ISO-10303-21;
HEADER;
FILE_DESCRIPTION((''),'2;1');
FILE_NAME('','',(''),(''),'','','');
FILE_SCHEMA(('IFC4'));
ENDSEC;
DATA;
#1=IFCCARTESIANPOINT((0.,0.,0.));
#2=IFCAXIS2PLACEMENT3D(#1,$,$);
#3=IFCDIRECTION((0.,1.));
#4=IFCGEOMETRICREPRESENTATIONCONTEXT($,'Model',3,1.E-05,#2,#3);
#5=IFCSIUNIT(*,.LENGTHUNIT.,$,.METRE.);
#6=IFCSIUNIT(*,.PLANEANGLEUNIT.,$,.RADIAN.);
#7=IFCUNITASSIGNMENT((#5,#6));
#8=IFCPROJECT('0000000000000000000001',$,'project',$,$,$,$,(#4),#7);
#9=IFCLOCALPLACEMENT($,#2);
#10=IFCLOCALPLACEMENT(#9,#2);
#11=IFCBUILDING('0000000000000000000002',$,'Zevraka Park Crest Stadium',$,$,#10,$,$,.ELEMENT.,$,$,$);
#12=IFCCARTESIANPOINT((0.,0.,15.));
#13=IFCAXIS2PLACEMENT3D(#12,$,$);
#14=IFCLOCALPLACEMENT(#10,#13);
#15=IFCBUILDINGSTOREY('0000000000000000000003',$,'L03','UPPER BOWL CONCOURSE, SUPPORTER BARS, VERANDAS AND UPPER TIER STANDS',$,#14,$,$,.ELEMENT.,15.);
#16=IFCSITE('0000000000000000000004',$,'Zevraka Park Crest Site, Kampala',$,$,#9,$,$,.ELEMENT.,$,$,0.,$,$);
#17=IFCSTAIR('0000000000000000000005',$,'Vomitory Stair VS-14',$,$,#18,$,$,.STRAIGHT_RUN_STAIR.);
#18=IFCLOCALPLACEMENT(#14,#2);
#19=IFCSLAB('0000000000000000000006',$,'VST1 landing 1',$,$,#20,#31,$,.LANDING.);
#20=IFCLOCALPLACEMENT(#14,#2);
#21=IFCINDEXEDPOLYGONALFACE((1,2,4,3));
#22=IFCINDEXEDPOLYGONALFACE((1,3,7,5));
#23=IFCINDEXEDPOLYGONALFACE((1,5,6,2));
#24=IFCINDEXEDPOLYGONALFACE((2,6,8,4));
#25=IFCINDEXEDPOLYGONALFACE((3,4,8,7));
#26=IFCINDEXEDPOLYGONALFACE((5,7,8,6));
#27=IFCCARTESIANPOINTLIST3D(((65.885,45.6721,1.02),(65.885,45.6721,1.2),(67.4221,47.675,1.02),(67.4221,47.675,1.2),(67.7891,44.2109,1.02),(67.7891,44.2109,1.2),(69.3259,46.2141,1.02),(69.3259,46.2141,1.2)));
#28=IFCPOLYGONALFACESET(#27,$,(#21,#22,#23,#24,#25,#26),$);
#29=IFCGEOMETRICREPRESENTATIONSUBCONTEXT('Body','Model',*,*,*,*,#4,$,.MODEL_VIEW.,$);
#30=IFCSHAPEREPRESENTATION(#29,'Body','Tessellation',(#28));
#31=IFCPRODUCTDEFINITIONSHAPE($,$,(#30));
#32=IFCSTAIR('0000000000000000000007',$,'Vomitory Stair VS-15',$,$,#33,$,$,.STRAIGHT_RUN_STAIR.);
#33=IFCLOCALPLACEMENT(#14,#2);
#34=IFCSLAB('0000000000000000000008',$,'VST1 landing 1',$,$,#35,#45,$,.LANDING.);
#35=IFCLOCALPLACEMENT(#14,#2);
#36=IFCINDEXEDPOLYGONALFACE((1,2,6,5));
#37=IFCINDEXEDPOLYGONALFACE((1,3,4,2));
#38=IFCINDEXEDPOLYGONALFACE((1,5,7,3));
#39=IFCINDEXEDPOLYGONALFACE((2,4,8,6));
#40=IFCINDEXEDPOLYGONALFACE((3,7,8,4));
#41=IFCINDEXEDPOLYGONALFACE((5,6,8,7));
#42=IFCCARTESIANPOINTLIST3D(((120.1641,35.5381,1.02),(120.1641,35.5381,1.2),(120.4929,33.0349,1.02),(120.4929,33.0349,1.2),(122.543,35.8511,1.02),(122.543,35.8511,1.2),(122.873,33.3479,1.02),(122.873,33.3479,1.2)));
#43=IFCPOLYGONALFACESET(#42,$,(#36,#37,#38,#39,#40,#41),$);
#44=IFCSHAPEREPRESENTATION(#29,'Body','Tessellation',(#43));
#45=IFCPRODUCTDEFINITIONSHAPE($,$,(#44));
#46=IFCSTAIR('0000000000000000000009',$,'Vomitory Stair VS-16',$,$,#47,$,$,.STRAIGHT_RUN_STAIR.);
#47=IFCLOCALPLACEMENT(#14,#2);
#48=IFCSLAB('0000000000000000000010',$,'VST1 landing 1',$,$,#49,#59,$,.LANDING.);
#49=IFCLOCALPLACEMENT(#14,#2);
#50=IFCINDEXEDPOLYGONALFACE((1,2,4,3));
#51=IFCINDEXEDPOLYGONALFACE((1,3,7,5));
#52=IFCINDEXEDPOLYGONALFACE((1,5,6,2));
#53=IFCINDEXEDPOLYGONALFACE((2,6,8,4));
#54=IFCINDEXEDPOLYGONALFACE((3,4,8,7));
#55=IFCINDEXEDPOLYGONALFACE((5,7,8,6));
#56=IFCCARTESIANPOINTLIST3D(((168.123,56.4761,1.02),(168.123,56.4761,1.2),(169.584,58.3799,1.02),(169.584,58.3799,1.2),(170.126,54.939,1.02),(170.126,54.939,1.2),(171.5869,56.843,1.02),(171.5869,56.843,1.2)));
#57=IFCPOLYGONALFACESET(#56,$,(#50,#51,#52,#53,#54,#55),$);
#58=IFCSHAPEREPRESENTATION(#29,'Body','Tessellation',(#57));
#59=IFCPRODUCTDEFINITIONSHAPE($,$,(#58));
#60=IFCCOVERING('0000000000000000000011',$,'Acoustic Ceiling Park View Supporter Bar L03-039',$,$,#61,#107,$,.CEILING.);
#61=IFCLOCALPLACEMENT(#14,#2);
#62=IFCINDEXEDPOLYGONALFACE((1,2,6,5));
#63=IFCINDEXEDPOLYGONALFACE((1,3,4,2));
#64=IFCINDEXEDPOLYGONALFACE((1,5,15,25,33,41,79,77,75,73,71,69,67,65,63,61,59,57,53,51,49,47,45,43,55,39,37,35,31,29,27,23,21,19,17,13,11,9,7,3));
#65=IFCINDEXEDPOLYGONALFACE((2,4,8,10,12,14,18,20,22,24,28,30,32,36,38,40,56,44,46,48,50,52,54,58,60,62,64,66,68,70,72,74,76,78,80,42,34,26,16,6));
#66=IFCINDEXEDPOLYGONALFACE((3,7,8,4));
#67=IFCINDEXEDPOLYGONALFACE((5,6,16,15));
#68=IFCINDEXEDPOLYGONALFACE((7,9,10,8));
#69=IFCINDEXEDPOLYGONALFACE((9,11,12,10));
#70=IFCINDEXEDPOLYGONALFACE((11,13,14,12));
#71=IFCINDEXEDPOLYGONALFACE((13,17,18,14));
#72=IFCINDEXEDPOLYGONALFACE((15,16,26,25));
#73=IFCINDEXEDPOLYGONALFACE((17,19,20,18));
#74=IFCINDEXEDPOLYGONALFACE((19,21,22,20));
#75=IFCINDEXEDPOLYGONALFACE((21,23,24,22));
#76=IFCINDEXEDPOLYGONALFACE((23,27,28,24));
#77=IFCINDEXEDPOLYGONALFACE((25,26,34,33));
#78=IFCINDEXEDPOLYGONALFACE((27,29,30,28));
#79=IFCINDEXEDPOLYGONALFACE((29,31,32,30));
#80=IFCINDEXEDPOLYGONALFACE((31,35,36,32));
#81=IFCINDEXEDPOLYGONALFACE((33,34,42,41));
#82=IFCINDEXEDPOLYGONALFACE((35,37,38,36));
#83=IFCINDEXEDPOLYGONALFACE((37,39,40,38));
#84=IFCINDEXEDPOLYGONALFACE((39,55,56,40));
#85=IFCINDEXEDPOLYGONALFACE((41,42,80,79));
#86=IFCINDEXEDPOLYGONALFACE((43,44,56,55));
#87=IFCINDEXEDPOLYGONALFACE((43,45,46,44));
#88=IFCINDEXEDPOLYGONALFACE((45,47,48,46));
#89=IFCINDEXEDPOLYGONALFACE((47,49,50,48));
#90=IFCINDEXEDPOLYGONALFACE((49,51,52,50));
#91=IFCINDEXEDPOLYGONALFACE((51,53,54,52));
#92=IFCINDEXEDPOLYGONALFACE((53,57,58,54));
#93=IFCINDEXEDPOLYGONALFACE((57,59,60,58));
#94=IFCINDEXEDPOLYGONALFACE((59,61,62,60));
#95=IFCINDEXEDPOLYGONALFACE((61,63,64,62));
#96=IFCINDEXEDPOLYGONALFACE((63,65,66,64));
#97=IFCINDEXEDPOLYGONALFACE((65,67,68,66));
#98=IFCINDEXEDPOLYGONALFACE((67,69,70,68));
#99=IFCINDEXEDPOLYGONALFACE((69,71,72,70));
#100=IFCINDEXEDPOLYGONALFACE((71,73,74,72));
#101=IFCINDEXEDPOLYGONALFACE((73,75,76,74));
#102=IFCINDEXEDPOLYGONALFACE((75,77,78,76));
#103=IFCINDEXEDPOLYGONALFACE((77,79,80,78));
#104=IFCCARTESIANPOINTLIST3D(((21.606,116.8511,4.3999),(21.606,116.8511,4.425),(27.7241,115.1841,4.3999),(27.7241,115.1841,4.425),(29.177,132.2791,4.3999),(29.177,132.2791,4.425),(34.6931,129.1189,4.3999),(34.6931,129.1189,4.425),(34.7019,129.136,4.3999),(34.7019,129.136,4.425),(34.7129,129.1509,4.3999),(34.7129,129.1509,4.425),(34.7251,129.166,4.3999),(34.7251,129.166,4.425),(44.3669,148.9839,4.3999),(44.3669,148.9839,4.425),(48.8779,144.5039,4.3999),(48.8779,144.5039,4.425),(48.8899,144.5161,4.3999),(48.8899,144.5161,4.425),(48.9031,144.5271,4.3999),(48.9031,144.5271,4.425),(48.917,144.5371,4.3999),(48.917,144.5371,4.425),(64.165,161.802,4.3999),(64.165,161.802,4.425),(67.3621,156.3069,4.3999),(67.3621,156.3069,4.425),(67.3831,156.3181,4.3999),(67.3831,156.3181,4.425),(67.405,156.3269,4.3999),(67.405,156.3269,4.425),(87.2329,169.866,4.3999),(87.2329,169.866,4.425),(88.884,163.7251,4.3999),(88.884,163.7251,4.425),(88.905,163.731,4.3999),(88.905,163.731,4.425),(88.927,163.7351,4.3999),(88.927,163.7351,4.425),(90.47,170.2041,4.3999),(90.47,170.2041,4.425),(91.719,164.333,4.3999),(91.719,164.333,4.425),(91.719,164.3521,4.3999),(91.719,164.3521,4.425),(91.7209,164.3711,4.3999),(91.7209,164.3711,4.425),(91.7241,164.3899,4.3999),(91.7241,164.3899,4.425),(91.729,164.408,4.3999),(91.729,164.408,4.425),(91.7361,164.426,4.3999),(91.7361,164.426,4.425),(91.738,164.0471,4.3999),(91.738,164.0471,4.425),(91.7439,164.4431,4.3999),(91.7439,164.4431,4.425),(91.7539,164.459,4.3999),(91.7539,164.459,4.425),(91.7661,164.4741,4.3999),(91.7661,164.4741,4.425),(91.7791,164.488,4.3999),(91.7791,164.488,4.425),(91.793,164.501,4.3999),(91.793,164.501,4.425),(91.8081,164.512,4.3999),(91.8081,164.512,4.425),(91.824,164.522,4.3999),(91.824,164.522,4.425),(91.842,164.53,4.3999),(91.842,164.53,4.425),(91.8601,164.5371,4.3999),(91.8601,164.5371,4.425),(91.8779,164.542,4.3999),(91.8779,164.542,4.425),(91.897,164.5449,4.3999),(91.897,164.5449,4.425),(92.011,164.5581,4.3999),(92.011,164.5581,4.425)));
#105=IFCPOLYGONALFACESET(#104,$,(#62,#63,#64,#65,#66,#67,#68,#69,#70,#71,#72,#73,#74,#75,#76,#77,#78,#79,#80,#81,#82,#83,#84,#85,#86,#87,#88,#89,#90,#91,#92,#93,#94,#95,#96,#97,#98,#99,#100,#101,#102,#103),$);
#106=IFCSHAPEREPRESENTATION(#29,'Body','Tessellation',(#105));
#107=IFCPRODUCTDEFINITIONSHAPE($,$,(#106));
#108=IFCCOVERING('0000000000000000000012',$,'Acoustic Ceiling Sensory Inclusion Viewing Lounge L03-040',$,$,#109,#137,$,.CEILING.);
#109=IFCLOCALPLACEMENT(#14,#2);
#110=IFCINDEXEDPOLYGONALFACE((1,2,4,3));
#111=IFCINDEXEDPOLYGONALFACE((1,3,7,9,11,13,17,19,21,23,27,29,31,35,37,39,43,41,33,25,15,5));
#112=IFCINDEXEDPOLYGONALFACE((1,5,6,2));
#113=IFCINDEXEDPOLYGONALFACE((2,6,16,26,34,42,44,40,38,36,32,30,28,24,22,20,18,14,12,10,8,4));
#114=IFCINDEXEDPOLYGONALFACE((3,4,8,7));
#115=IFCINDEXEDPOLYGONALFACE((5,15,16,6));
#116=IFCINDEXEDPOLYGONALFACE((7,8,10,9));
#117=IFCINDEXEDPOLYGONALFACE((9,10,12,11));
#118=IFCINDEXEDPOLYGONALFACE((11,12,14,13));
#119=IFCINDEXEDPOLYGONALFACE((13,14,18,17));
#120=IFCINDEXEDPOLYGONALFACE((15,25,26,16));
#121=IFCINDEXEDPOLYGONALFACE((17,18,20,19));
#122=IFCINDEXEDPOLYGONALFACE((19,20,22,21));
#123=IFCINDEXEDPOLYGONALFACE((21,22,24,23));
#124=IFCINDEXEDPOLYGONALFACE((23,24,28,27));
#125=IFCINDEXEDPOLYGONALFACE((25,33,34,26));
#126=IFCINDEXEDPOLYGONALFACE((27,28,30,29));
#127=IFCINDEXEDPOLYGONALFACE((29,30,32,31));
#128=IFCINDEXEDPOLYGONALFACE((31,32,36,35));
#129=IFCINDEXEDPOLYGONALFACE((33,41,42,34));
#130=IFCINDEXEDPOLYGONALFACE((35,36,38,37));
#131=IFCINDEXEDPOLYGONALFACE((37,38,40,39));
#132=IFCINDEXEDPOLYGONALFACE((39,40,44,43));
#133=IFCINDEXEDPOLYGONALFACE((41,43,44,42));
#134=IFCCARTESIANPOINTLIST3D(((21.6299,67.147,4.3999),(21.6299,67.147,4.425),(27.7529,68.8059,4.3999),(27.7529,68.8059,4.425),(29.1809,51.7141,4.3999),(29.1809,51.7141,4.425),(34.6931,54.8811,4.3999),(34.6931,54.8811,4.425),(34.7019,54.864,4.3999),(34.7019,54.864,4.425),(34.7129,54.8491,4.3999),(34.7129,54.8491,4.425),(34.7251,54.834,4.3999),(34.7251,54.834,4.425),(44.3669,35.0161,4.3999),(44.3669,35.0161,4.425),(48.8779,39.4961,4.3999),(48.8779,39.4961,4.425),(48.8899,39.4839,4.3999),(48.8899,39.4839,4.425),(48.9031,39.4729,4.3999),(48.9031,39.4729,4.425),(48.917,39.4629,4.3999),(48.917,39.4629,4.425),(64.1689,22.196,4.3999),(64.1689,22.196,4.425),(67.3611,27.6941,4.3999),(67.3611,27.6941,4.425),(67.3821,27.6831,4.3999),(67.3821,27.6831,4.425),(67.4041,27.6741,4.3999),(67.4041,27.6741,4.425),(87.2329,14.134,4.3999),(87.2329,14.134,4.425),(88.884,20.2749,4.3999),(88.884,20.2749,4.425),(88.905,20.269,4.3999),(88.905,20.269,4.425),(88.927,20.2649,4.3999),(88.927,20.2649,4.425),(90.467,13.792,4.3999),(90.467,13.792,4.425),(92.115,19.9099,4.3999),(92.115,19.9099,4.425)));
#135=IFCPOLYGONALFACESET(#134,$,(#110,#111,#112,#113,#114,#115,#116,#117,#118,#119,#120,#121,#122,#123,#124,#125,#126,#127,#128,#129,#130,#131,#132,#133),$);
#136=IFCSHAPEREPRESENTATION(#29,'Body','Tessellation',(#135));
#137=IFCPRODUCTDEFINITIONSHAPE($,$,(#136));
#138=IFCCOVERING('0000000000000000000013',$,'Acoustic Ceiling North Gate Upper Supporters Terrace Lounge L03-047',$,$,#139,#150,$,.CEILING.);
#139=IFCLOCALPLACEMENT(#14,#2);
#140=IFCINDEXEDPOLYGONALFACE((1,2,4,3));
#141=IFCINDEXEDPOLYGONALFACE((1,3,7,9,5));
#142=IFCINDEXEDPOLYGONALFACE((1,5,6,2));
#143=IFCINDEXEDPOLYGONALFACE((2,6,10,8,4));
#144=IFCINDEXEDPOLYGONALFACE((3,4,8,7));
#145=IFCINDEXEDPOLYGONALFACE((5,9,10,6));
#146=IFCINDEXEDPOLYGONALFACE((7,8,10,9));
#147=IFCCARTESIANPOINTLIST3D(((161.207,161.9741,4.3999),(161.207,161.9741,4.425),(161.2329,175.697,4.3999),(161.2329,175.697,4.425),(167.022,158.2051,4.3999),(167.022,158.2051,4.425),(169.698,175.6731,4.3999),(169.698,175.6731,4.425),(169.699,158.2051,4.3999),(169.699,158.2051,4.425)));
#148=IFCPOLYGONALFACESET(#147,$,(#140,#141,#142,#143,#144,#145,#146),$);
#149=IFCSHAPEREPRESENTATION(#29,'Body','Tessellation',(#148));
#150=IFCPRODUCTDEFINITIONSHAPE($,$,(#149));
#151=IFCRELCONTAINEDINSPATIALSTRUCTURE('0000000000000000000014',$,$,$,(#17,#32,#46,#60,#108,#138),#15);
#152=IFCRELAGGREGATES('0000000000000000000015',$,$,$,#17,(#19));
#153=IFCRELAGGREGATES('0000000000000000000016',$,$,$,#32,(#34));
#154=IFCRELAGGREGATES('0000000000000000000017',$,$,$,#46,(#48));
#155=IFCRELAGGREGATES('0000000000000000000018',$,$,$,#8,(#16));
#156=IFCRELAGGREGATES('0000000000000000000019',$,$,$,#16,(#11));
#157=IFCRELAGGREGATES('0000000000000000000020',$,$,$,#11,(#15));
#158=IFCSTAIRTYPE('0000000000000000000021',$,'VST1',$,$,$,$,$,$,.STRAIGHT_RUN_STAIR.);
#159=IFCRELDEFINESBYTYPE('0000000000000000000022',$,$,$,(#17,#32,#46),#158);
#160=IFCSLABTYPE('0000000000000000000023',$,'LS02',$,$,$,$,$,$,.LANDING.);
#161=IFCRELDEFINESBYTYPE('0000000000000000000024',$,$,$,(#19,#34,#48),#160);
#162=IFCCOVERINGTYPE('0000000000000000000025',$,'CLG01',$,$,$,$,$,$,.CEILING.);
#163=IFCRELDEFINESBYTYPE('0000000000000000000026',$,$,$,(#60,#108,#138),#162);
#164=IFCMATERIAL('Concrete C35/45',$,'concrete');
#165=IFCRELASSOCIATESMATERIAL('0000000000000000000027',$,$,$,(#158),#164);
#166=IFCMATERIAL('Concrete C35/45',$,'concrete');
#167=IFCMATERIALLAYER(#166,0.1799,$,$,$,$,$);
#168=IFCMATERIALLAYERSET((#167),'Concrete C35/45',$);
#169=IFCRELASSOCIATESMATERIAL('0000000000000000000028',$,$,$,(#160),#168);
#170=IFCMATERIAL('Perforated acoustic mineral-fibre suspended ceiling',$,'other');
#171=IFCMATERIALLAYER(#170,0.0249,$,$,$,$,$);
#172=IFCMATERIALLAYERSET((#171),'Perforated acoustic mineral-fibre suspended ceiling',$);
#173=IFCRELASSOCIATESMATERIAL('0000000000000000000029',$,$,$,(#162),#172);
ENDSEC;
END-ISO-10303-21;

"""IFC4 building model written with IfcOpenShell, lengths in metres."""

from ifc_helpers import new_model, si_unit, direction, frame, origin, place, context, subcontext, project, spatial, polyline, outline, extrude, material, layer, layer_set, type_object, element, aggregate, save


model = new_model("IFC4")

# Units and contexts
model_context = context("Model", 3, precision=1e-05, world=origin(), true_north=direction((0.0, 1.0)))
body_context = subcontext(model_context, "Body", "Model", "MODEL_VIEW")
ifc_project = project(units=[si_unit("LENGTHUNIT", "METRE"), si_unit("PLANEANGLEUNIT", "RADIAN")], contexts=[model_context])

# Site, building, storey
site_placement = place(None, origin())
site = spatial("IfcSite", under=ifc_project, at=site_placement, Name="Zevraka Park Crest Site, Kampala", CompositionType="ELEMENT", RefElevation=0.0)
building_placement = place(site_placement, origin())
building = spatial("IfcBuilding", under=site, at=building_placement, Name="Zevraka Park Crest Stadium", CompositionType="ELEMENT")
storey_placement = place(building_placement, frame((0.0, 0.0, 15.0)))
storey = spatial("IfcBuildingStorey", under=building, at=storey_placement, Name="L03", Description="UPPER BOWL CONCOURSE, SUPPORTER BARS, VERANDAS AND UPPER TIER STANDS", CompositionType="ELEMENT", Elevation=15.0)

# Stairs, slabs
ifc_material_1 = material(Name="Concrete C35/45", Category="concrete")
stair_type_1 = type_object("IfcStairType", Name="VST1", PredefinedType="STRAIGHT_RUN_STAIR", material=ifc_material_1)
ifc_material_2 = material(Name="Concrete C35/45", Category="concrete")
ifc_layer_1 = layer(ifc_material_2, 0.1799)
ifc_layer_set_1 = layer_set([ifc_layer_1], Name="Concrete C35/45")
slab_type_1 = type_object("IfcSlabType", Name="LS02", PredefinedType="LANDING", material=ifc_layer_set_1)
stair_1_placement = place(storey_placement, origin())
stair_1 = element("IfcStair", 1, at=stair_1_placement, inside=storey, type_object=stair_type_1, Name="Vomitory Stair VS-14", PredefinedType="STRAIGHT_RUN_STAIR")
slab_1_placement = place(storey_placement, frame((0.0, 0.0, 1.02)))
slab_1 = element("IfcSlab", 2, at=slab_1_placement, type_object=slab_type_1, Name="VST1 landing 1", PredefinedType="LANDING", context=body_context, shape_type="SweptSolid", body=[
    extrude(outline(polyline([(67.7891, 44.2109), (69.3259, 46.2141), (67.4221, 47.675), (65.885, 45.6721), (67.7891, 44.2109)])), origin(), (0.0, 0.0, 1.0), 0.1799),
])
aggregate(stair_1, [slab_1])
stair_2_placement = place(storey_placement, origin())
stair_2 = element("IfcStair", 3, at=stair_2_placement, inside=storey, type_object=stair_type_1, Name="Vomitory Stair VS-15", PredefinedType="STRAIGHT_RUN_STAIR")
slab_2_placement = place(storey_placement, frame((0.0, 0.0, 1.02)))
slab_2 = element("IfcSlab", 4, at=slab_2_placement, type_object=slab_type_1, Name="VST1 landing 1", PredefinedType="LANDING", context=body_context, shape_type="SweptSolid", body=[
    extrude(outline(polyline([(122.873, 33.3479), (122.543, 35.8511), (120.1641, 35.5381), (120.4929, 33.0349), (122.873, 33.3479)])), origin(), (0.0, 0.0, 1.0), 0.1799),
])
aggregate(stair_2, [slab_2])
stair_3_placement = place(storey_placement, origin())
stair_3 = element("IfcStair", 5, at=stair_3_placement, inside=storey, type_object=stair_type_1, Name="Vomitory Stair VS-16", PredefinedType="STRAIGHT_RUN_STAIR")
slab_3_placement = place(storey_placement, frame((0.0, 0.0, 1.02)))
slab_3 = element("IfcSlab", 6, at=slab_3_placement, type_object=slab_type_1, Name="VST1 landing 1", PredefinedType="LANDING", context=body_context, shape_type="SweptSolid", body=[
    extrude(outline(polyline([(171.5869, 56.843), (169.584, 58.3799), (168.123, 56.4761), (170.126, 54.939), (171.5869, 56.843)])), origin(), (0.0, 0.0, 1.0), 0.1799),
])
aggregate(stair_3, [slab_3])

# Coverings
ifc_material_3 = material(Name="Perforated acoustic mineral-fibre suspended ceiling", Category="other")
ifc_layer_2 = layer(ifc_material_3, 0.0249)
ifc_layer_set_2 = layer_set([ifc_layer_2], Name="Perforated acoustic mineral-fibre suspended ceiling")
covering_type_1 = type_object("IfcCoveringType", Name="CLG01", PredefinedType="CEILING", material=ifc_layer_set_2)
covering_1_placement = place(storey_placement, frame((0.0, 0.0, 4.3999)))
element("IfcCovering", 7, at=covering_1_placement, inside=storey, type_object=covering_type_1, Name="Acoustic Ceiling Park View Supporter Bar L03-039", PredefinedType="CEILING", context=body_context, shape_type="SweptSolid", body=[
    extrude(outline(polyline([(21.606, 116.8511), (29.177, 132.2791), (44.3669, 148.9839), (64.165, 161.802), (87.2329, 169.866), (90.47, 170.2041), (92.011, 164.5581), (91.897, 164.5449), (91.8779, 164.542), (91.8601, 164.5371), (91.842, 164.53), (91.824, 164.522), (91.8081, 164.512), (91.793, 164.501), (91.7791, 164.488), (91.7661, 164.4741), (91.7539, 164.459), (91.7439, 164.4431), (91.7361, 164.426), (91.729, 164.408), (91.7241, 164.3899), (91.7209, 164.3711), (91.719, 164.3521), (91.719, 164.333), (91.738, 164.0471), (88.927, 163.7351), (88.905, 163.731), (88.884, 163.7251), (67.405, 156.3269), (67.3831, 156.3181), (67.3621, 156.3069), (48.917, 144.5371), (48.9031, 144.5271), (48.8899, 144.5161), (48.8779, 144.5039), (34.7251, 129.166), (34.7129, 129.1509), (34.7019, 129.136), (34.6931, 129.1189), (27.7241, 115.1841), (21.606, 116.8511)])), origin(), (0.0, 0.0, 1.0), 0.0251),
])
covering_2_placement = place(storey_placement, frame((0.0, 0.0, 4.3999)))
element("IfcCovering", 8, at=covering_2_placement, inside=storey, type_object=covering_type_1, Name="Acoustic Ceiling Sensory Inclusion Viewing Lounge L03-040", PredefinedType="CEILING", context=body_context, shape_type="SweptSolid", body=[
    extrude(outline(polyline([(34.6931, 54.8811), (34.7019, 54.864), (34.7129, 54.8491), (34.7251, 54.834), (48.8779, 39.4961), (48.8899, 39.4839), (48.9031, 39.4729), (48.917, 39.4629), (67.3611, 27.6941), (67.3821, 27.6831), (67.4041, 27.6741), (88.884, 20.2749), (88.905, 20.269), (88.927, 20.2649), (92.115, 19.9099), (90.467, 13.792), (87.2329, 14.134), (64.1689, 22.196), (44.3669, 35.0161), (29.1809, 51.7141), (21.6299, 67.147), (27.7529, 68.8059), (34.6931, 54.8811)])), origin(), (0.0, 0.0, 1.0), 0.0251),
])
covering_3_placement = place(storey_placement, frame((0.0, 0.0, 4.3999)))
element("IfcCovering", 9, at=covering_3_placement, inside=storey, type_object=covering_type_1, Name="Acoustic Ceiling North Gate Upper Supporters Terrace Lounge L03-047", PredefinedType="CEILING", context=body_context, shape_type="SweptSolid", body=[
    extrude(outline(polyline([(167.022, 158.2051), (161.207, 161.9741), (161.2329, 175.697), (169.698, 175.6731), (169.699, 158.2051), (167.022, 158.2051)])), origin(), (0.0, 0.0, 1.0), 0.0251),
])

save(model, "model.ifc")
